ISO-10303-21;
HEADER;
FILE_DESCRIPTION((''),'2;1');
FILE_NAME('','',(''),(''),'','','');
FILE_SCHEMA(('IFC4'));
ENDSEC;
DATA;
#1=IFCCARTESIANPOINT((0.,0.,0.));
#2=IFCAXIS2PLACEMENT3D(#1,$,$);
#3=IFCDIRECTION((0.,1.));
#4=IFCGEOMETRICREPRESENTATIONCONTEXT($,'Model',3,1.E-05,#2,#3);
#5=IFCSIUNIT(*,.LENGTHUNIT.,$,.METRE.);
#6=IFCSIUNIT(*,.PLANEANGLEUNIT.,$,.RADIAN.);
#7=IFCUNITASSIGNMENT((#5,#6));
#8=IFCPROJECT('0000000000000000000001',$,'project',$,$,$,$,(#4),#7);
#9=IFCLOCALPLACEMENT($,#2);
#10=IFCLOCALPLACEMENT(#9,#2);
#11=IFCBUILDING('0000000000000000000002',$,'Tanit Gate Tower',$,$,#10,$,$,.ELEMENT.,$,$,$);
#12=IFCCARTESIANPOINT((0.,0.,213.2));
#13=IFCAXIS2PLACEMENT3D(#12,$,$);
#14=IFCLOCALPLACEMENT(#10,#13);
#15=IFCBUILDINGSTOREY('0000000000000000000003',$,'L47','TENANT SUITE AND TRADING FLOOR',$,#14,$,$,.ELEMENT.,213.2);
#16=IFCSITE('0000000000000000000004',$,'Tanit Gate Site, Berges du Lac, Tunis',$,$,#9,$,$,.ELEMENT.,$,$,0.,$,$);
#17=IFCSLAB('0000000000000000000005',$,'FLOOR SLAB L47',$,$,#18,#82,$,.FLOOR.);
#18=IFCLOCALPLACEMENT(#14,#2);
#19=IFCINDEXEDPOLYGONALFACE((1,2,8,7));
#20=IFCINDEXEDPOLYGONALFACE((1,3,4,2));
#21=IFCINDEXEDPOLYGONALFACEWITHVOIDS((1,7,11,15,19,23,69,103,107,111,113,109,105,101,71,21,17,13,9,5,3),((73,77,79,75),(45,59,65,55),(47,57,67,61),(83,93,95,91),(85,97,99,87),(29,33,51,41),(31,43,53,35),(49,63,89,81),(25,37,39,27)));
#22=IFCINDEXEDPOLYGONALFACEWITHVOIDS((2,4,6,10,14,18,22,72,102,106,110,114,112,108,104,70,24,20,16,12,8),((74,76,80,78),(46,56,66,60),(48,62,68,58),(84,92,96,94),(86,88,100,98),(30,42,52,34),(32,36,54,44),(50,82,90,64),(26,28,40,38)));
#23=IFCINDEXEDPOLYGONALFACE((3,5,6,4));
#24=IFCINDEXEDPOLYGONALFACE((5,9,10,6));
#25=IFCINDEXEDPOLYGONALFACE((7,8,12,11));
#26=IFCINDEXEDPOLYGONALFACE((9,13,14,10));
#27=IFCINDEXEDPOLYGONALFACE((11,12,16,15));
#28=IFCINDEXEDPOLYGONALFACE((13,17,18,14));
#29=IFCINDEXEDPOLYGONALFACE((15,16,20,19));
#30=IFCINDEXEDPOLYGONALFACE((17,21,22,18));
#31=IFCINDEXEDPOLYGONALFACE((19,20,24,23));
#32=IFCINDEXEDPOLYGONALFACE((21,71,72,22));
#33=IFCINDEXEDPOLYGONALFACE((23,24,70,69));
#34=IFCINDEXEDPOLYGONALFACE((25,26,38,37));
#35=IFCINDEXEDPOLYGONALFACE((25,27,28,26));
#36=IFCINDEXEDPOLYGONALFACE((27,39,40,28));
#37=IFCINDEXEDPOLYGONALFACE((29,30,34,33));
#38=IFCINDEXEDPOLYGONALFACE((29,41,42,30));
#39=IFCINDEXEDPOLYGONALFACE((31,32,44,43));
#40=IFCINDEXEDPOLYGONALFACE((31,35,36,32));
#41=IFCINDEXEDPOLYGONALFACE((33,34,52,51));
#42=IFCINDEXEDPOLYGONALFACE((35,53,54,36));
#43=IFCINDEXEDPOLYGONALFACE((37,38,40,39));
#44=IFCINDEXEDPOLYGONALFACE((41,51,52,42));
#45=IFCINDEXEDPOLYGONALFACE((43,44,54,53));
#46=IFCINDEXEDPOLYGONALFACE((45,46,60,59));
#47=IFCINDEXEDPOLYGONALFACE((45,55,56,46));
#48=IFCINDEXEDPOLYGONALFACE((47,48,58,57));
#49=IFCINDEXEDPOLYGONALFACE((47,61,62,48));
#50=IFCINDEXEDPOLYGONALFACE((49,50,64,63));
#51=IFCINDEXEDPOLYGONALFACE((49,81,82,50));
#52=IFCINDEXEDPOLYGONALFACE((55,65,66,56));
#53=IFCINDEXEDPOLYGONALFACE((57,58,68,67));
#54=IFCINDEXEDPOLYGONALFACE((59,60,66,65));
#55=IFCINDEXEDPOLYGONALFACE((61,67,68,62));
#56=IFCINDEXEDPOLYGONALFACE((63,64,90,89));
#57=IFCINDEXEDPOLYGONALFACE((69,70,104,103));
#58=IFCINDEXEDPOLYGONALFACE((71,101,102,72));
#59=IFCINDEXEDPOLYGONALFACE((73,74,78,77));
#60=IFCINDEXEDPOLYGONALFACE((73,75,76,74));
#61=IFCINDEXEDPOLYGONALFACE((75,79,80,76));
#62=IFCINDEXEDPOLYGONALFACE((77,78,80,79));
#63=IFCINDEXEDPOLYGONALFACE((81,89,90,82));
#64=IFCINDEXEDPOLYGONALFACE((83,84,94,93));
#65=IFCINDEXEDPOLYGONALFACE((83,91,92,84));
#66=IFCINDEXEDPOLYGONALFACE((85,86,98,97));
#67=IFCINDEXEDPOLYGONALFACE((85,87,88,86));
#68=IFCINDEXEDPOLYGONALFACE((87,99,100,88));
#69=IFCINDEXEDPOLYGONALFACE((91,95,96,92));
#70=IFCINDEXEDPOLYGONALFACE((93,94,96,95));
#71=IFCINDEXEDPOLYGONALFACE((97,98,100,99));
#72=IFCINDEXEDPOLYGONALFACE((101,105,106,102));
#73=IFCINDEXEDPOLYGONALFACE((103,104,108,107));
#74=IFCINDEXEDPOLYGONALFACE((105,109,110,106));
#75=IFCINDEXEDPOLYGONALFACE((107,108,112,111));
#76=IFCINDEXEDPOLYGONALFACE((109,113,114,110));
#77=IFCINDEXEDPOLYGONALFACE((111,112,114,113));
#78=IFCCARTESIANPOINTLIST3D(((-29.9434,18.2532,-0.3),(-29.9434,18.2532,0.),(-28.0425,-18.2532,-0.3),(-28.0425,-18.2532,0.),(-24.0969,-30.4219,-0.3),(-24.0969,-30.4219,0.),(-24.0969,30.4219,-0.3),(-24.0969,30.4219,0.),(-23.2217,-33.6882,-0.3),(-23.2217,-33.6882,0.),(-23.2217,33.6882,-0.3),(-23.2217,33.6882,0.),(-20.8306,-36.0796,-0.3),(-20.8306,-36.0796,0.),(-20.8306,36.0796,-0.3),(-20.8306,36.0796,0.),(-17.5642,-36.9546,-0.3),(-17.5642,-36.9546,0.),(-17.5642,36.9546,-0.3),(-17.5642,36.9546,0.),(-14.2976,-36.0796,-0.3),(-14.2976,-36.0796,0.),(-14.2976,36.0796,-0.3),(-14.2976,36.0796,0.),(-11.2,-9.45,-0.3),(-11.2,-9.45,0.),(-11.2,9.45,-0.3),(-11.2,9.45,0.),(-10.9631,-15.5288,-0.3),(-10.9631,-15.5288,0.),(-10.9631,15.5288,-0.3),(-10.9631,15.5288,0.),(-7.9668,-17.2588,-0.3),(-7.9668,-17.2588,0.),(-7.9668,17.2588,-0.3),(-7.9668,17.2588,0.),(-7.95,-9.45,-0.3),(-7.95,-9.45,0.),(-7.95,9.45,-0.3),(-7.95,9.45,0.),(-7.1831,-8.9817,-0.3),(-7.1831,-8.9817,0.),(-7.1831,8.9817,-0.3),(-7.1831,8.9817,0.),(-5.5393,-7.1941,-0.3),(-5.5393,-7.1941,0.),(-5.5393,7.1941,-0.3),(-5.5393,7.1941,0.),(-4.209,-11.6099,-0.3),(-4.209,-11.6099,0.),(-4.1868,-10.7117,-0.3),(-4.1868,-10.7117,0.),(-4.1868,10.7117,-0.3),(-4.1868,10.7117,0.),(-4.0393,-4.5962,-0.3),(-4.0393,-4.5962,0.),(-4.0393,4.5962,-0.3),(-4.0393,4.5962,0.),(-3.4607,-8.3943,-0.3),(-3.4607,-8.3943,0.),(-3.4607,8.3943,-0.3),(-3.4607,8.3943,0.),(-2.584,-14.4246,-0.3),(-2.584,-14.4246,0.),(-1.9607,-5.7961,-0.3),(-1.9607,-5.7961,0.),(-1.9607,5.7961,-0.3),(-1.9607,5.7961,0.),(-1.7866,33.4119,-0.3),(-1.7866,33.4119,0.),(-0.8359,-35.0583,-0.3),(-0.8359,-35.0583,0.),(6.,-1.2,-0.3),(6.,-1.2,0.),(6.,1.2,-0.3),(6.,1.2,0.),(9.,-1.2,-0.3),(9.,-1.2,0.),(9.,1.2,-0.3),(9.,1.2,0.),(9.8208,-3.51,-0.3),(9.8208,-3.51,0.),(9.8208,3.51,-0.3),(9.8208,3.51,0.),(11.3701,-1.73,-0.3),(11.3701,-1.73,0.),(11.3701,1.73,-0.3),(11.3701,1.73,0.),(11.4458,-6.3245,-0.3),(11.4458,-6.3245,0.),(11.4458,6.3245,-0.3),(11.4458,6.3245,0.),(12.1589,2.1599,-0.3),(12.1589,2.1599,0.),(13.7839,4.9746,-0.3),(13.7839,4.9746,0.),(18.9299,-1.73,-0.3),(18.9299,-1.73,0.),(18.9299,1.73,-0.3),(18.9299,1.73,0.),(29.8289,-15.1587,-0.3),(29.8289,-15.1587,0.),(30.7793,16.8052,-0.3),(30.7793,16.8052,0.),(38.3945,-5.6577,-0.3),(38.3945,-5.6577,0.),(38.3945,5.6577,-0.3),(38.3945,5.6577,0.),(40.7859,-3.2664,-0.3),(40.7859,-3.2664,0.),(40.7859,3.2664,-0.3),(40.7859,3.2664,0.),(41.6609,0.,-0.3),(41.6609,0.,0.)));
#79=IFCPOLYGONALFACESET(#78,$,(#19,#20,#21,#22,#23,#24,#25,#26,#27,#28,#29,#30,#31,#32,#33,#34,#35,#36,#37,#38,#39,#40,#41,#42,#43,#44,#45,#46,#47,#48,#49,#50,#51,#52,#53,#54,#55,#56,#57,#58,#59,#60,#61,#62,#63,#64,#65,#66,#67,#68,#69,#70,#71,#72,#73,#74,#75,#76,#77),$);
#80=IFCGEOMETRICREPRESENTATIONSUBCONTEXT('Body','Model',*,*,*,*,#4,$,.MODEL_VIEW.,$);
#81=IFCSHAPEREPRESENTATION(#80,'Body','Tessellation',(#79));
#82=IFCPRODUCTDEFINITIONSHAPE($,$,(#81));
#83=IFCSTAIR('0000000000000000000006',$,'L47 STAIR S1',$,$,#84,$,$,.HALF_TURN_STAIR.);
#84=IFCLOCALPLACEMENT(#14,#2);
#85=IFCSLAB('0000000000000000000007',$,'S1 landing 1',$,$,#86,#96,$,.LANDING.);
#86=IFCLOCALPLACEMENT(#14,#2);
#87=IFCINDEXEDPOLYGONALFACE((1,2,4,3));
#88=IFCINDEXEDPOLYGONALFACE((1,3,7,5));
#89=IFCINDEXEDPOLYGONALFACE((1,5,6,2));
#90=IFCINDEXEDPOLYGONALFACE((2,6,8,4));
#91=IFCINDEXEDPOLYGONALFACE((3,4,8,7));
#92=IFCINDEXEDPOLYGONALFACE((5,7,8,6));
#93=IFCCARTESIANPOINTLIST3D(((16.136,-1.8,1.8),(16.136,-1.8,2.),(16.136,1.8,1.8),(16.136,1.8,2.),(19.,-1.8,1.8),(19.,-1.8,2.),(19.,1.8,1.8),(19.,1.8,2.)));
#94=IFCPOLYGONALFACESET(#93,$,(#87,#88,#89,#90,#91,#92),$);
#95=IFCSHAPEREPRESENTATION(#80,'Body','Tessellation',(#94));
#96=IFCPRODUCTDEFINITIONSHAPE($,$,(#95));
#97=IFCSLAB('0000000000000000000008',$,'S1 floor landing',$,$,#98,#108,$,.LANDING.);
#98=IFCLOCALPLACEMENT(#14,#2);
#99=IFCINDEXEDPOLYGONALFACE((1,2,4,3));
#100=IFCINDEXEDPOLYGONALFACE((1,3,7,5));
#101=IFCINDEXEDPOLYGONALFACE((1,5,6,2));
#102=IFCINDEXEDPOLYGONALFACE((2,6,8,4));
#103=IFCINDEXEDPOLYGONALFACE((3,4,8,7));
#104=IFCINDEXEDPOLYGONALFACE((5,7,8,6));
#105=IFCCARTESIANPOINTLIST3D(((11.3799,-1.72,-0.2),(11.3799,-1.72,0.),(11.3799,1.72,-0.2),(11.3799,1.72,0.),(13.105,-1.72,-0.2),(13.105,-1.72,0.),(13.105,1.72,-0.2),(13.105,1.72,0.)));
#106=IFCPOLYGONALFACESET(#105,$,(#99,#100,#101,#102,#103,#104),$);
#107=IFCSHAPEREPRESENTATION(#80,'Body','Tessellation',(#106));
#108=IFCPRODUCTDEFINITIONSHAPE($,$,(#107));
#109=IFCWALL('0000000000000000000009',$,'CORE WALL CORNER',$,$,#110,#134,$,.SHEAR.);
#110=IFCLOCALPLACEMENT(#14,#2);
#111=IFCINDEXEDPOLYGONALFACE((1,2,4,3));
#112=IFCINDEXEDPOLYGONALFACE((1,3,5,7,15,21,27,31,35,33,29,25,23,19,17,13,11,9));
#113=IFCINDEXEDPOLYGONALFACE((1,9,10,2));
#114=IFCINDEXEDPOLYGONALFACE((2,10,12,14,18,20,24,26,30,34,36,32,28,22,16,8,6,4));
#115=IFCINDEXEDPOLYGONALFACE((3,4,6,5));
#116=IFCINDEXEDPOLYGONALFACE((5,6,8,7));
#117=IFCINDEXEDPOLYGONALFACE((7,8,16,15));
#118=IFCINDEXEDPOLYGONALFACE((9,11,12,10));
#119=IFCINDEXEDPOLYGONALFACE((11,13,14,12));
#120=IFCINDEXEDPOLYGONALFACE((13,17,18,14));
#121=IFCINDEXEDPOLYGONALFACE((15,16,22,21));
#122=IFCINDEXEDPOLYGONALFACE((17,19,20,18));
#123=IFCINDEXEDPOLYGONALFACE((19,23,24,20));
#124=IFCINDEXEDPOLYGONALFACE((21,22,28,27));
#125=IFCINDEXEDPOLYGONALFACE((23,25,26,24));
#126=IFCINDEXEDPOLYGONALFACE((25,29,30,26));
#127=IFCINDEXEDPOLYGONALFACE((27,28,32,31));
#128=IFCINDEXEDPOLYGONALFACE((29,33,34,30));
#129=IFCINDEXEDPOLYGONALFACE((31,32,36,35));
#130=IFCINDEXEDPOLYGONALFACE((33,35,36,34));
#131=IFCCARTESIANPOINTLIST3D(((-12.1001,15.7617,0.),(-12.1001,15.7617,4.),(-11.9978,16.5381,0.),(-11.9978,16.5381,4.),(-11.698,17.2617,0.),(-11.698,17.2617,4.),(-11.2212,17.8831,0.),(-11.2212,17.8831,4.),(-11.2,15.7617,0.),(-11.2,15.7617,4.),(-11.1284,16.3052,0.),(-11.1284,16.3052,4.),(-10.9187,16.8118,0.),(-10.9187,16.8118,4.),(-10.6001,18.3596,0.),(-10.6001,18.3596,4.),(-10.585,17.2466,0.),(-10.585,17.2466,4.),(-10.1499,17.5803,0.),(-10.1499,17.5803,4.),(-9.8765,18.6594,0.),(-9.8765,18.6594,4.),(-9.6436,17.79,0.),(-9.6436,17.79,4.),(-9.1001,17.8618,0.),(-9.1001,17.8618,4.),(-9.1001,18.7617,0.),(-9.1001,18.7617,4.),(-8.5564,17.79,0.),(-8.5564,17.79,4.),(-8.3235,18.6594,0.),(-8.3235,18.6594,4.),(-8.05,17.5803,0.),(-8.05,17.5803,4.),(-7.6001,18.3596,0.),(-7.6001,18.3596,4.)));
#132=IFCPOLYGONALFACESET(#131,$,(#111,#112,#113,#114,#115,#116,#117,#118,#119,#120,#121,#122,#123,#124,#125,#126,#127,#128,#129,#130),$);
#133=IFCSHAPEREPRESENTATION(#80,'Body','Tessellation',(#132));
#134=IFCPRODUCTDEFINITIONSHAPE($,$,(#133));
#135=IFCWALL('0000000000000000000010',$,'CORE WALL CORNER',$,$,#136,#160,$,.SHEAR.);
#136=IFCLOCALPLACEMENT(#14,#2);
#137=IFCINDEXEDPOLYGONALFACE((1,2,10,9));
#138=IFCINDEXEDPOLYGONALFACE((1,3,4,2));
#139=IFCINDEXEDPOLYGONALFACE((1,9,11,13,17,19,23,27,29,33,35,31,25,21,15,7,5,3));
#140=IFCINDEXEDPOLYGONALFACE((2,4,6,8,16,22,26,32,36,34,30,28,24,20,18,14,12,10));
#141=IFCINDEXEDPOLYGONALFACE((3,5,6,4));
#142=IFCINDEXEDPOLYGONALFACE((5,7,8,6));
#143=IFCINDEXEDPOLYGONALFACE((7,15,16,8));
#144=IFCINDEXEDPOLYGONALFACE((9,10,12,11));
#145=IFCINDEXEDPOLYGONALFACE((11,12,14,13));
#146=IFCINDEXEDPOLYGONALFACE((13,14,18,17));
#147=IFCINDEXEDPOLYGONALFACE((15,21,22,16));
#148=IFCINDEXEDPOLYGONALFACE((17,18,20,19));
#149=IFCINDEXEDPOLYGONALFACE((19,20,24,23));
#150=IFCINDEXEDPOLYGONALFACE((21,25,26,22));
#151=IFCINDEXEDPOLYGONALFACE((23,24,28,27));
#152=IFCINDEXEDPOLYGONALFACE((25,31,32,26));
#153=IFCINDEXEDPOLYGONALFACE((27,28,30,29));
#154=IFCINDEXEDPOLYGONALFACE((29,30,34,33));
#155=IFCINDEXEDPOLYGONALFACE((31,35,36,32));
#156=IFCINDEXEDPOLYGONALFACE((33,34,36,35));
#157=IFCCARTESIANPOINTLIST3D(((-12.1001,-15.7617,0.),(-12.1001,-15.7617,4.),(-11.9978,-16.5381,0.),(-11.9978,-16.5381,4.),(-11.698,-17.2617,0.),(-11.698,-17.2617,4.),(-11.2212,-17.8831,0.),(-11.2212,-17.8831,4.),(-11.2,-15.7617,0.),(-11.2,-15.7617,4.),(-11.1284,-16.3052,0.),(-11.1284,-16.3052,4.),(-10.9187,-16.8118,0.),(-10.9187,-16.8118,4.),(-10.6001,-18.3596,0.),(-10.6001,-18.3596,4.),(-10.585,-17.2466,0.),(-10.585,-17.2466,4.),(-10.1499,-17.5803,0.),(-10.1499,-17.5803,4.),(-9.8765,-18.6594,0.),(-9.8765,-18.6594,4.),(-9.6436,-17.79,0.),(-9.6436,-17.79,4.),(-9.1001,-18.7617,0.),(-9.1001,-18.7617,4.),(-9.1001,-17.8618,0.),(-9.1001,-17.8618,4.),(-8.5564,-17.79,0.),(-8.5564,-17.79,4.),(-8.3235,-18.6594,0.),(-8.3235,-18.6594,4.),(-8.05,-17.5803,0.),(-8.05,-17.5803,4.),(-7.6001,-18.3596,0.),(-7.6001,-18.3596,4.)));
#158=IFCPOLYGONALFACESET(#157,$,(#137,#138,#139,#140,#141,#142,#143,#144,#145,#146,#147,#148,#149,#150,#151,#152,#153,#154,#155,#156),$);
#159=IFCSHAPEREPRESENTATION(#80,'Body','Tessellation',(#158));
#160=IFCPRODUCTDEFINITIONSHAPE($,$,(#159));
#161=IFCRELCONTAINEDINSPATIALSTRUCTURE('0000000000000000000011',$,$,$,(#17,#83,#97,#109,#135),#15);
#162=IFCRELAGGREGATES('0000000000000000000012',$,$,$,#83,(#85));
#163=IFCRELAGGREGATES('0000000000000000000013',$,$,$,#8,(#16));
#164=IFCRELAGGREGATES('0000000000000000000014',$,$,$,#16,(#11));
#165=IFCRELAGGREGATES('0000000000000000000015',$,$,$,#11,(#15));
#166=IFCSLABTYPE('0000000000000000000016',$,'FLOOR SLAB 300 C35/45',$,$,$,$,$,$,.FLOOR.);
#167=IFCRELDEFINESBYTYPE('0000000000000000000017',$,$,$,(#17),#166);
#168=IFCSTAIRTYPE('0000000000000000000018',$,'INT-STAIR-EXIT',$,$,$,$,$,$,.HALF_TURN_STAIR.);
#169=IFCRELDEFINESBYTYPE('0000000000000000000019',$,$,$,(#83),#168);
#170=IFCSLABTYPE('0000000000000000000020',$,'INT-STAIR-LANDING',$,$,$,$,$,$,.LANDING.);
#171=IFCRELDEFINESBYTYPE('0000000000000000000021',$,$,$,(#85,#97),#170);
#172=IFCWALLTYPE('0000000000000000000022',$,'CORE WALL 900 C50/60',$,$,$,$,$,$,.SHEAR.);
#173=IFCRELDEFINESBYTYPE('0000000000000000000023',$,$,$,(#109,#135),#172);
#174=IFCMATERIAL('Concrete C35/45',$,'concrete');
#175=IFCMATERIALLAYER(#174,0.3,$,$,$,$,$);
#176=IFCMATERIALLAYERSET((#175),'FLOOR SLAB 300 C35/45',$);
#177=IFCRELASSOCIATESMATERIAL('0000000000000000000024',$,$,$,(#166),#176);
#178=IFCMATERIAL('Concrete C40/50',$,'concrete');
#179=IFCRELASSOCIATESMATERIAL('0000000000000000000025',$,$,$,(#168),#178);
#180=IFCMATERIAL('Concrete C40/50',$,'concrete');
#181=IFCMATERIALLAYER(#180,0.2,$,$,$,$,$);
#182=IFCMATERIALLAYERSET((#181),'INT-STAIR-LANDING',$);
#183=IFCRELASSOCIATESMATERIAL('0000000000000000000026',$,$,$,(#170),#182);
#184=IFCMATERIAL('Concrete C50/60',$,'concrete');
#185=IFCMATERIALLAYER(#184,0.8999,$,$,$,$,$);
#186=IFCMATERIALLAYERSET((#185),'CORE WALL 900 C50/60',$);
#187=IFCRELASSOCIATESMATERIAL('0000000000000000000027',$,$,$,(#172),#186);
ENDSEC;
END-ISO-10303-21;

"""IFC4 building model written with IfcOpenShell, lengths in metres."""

from ifc_helpers import new_model, si_unit, direction, frame, origin, place, context, subcontext, project, spatial, polyline, outline, extrude, material, layer, layer_set, type_object, element, aggregate, save


model = new_model("IFC4")

# Units and contexts
model_context = context("Model", 3, precision=1e-05, world=origin(), true_north=direction((0.0, 1.0)))
body_context = subcontext(model_context, "Body", "Model", "MODEL_VIEW")
ifc_project = project(units=[si_unit("LENGTHUNIT", "METRE"), si_unit("PLANEANGLEUNIT", "RADIAN")], contexts=[model_context])

# Site, building, storey
site_placement = place(None, origin())
site = spatial("IfcSite", under=ifc_project, at=site_placement, Name="Tanit Gate Site, Berges du Lac, Tunis", CompositionType="ELEMENT", RefElevation=0.0)
building_placement = place(site_placement, origin())
building = spatial("IfcBuilding", under=site, at=building_placement, Name="Tanit Gate Tower", CompositionType="ELEMENT")
storey_placement = place(building_placement, frame((0.0, 0.0, 213.2)))
storey = spatial("IfcBuildingStorey", under=building, at=storey_placement, Name="L47", Description="TENANT SUITE AND TRADING FLOOR", CompositionType="ELEMENT", Elevation=213.2)

# Slab
ifc_material_1 = material(Name="Concrete C35/45", Category="concrete")
ifc_layer_1 = layer(ifc_material_1, 0.3)
ifc_layer_set_1 = layer_set([ifc_layer_1], Name="FLOOR SLAB 300 C35/45")
slab_type_1 = type_object("IfcSlabType", Name="FLOOR SLAB 300 C35/45", PredefinedType="FLOOR", material=ifc_layer_set_1)
slab_1_placement = place(storey_placement, frame((0.0, 0.0, -0.3)))
element("IfcSlab", 1, at=slab_1_placement, inside=storey, type_object=slab_type_1, Name="FLOOR SLAB L47", PredefinedType="FLOOR", context=body_context, shape_type="SweptSolid", body=[
    extrude(outline(polyline([(38.3945, 5.6577), (40.7859, 3.2664), (41.6609, 0.0), (40.7859, -3.2664), (38.3945, -5.6577), (29.8289, -15.1587), (-0.8359, -35.0583), (-14.2976, -36.0796), (-17.5642, -36.9546), (-20.8306, -36.0796), (-23.2217, -33.6882), (-24.0969, -30.4219), (-28.0425, -18.2532), (-29.9434, 18.2532), (-24.0969, 30.4219), (-23.2217, 33.6882), (-20.8306, 36.0796), (-17.5642, 36.9546), (-14.2976, 36.0796), (-1.7866, 33.4119), (30.7793, 16.8052), (38.3945, 5.6577)]), holes=[polyline([(11.3701, 1.73), (18.9299, 1.73), (18.9299, -1.73), (11.3701, -1.73), (11.3701, 1.73)]), polyline([(9.8208, 3.51), (11.4458, 6.3245), (13.7839, 4.9746), (12.1589, 2.1599), (9.8208, 3.51)]), polyline([(-4.209, -11.6099), (9.8208, -3.51), (11.4458, -6.3245), (-2.584, -14.4246), (-4.209, -11.6099)]), polyline([(6.0, 1.2), (9.0, 1.2), (9.0, -1.2), (6.0, -1.2), (6.0, 1.2)]), polyline([(-5.5393, 7.1941), (-3.4607, 8.3943), (-1.9607, 5.7961), (-4.0393, 4.5962), (-5.5393, 7.1941)]), polyline([(-1.9607, -5.7961), (-3.4607, -8.3943), (-5.5393, -7.1941), (-4.0393, -4.5962), (-1.9607, -5.7961)]), polyline([(-10.9631, 15.5288), (-7.9668, 17.2588), (-4.1868, 10.7117), (-7.1831, 8.9817), (-10.9631, 15.5288)]), polyline([(-4.1868, -10.7117), (-7.9668, -17.2588), (-10.9631, -15.5288), (-7.1831, -8.9817), (-4.1868, -10.7117)]), polyline([(-11.2, -9.45), (-11.2, 9.45), (-7.95, 9.45), (-7.95, -9.45), (-11.2, -9.45)])]), origin(), (0.0, 0.0, 1.0), 0.3),
])

# Stair, slab
ifc_material_2 = material(Name="Concrete C40/50", Category="concrete")
stair_type = type_object("IfcStairType", Name="INT-STAIR-EXIT", PredefinedType="HALF_TURN_STAIR", material=ifc_material_2)
stair_placement = place(storey_placement, origin())
stair = element("IfcStair", 2, at=stair_placement, inside=storey, type_object=stair_type, Name="L47 STAIR S1", PredefinedType="HALF_TURN_STAIR")
ifc_material_3 = material(Name="Concrete C40/50", Category="concrete")
ifc_layer_2 = layer(ifc_material_3, 0.2)
ifc_layer_set_2 = layer_set([ifc_layer_2], Name="INT-STAIR-LANDING")
slab_type_2 = type_object("IfcSlabType", Name="INT-STAIR-LANDING", PredefinedType="LANDING", material=ifc_layer_set_2)
slab_2_placement = place(storey_placement, frame((0.0, 0.0, 1.8)))
slab_2 = element("IfcSlab", 3, at=slab_2_placement, type_object=slab_type_2, Name="S1 landing 1", PredefinedType="LANDING", context=body_context, shape_type="SweptSolid", body=[
    extrude(outline(polyline([(16.136, -1.8), (19.0, -1.8), (19.0, 1.8), (16.136, 1.8), (16.136, -1.8)])), origin(), (0.0, 0.0, 1.0), 0.2),
])

# Slab
slab_3_placement = place(storey_placement, frame((0.0, 0.0, -0.2)))
element("IfcSlab", 4, at=slab_3_placement, inside=storey, type_object=slab_type_2, Name="S1 floor landing", PredefinedType="LANDING", context=body_context, shape_type="SweptSolid", body=[
    extrude(outline(polyline([(11.3799, -1.72), (13.105, -1.72), (13.105, 1.72), (11.3799, 1.72), (11.3799, -1.72)])), origin(), (0.0, 0.0, 1.0), 0.2),
])

# Walls
ifc_material_4 = material(Name="Concrete C50/60", Category="concrete")
ifc_layer_3 = layer(ifc_material_4, 0.8999)
ifc_layer_set_3 = layer_set([ifc_layer_3], Name="CORE WALL 900 C50/60")
wall_type_1 = type_object("IfcWallType", Name="CORE WALL 900 C50/60", PredefinedType="SHEAR", material=ifc_layer_set_3)
wall_1_placement = place(storey_placement, origin())
element("IfcWall", 5, at=wall_1_placement, inside=storey, type_object=wall_type_1, Name="CORE WALL CORNER", PredefinedType="SHEAR", context=body_context, shape_type="SweptSolid", body=[
    extrude(outline(polyline([(-7.6001, 18.3596), (-8.3235, 18.6594), (-9.1001, 18.7617), (-9.8765, 18.6594), (-10.6001, 18.3596), (-11.2212, 17.8831), (-11.698, 17.2617), (-11.9978, 16.5381), (-12.1001, 15.7617), (-11.2, 15.7617), (-11.1284, 16.3052), (-10.9187, 16.8118), (-10.585, 17.2466), (-10.1499, 17.5803), (-9.6436, 17.79), (-9.1001, 17.8618), (-8.5564, 17.79), (-8.05, 17.5803), (-7.6001, 18.3596)])), origin(), (0.0, 0.0, 1.0), 4.0),
])
wall_2_placement = place(storey_placement, origin())
element("IfcWall", 6, at=wall_2_placement, inside=storey, type_object=wall_type_1, Name="CORE WALL CORNER", PredefinedType="SHEAR", context=body_context, shape_type="SweptSolid", body=[
    extrude(outline(polyline([(-12.1001, -15.7617), (-11.9978, -16.5381), (-11.698, -17.2617), (-11.2212, -17.8831), (-10.6001, -18.3596), (-9.8765, -18.6594), (-9.1001, -18.7617), (-8.3235, -18.6594), (-7.6001, -18.3596), (-8.05, -17.5803), (-8.5564, -17.79), (-9.1001, -17.8618), (-9.6436, -17.79), (-10.1499, -17.5803), (-10.585, -17.2466), (-10.9187, -16.8118), (-11.1284, -16.3052), (-11.2, -15.7617), (-12.1001, -15.7617)])), origin(), (0.0, 0.0, 1.0), 4.0),
])

aggregate(stair, [slab_2])

save(model, "model.ifc")
